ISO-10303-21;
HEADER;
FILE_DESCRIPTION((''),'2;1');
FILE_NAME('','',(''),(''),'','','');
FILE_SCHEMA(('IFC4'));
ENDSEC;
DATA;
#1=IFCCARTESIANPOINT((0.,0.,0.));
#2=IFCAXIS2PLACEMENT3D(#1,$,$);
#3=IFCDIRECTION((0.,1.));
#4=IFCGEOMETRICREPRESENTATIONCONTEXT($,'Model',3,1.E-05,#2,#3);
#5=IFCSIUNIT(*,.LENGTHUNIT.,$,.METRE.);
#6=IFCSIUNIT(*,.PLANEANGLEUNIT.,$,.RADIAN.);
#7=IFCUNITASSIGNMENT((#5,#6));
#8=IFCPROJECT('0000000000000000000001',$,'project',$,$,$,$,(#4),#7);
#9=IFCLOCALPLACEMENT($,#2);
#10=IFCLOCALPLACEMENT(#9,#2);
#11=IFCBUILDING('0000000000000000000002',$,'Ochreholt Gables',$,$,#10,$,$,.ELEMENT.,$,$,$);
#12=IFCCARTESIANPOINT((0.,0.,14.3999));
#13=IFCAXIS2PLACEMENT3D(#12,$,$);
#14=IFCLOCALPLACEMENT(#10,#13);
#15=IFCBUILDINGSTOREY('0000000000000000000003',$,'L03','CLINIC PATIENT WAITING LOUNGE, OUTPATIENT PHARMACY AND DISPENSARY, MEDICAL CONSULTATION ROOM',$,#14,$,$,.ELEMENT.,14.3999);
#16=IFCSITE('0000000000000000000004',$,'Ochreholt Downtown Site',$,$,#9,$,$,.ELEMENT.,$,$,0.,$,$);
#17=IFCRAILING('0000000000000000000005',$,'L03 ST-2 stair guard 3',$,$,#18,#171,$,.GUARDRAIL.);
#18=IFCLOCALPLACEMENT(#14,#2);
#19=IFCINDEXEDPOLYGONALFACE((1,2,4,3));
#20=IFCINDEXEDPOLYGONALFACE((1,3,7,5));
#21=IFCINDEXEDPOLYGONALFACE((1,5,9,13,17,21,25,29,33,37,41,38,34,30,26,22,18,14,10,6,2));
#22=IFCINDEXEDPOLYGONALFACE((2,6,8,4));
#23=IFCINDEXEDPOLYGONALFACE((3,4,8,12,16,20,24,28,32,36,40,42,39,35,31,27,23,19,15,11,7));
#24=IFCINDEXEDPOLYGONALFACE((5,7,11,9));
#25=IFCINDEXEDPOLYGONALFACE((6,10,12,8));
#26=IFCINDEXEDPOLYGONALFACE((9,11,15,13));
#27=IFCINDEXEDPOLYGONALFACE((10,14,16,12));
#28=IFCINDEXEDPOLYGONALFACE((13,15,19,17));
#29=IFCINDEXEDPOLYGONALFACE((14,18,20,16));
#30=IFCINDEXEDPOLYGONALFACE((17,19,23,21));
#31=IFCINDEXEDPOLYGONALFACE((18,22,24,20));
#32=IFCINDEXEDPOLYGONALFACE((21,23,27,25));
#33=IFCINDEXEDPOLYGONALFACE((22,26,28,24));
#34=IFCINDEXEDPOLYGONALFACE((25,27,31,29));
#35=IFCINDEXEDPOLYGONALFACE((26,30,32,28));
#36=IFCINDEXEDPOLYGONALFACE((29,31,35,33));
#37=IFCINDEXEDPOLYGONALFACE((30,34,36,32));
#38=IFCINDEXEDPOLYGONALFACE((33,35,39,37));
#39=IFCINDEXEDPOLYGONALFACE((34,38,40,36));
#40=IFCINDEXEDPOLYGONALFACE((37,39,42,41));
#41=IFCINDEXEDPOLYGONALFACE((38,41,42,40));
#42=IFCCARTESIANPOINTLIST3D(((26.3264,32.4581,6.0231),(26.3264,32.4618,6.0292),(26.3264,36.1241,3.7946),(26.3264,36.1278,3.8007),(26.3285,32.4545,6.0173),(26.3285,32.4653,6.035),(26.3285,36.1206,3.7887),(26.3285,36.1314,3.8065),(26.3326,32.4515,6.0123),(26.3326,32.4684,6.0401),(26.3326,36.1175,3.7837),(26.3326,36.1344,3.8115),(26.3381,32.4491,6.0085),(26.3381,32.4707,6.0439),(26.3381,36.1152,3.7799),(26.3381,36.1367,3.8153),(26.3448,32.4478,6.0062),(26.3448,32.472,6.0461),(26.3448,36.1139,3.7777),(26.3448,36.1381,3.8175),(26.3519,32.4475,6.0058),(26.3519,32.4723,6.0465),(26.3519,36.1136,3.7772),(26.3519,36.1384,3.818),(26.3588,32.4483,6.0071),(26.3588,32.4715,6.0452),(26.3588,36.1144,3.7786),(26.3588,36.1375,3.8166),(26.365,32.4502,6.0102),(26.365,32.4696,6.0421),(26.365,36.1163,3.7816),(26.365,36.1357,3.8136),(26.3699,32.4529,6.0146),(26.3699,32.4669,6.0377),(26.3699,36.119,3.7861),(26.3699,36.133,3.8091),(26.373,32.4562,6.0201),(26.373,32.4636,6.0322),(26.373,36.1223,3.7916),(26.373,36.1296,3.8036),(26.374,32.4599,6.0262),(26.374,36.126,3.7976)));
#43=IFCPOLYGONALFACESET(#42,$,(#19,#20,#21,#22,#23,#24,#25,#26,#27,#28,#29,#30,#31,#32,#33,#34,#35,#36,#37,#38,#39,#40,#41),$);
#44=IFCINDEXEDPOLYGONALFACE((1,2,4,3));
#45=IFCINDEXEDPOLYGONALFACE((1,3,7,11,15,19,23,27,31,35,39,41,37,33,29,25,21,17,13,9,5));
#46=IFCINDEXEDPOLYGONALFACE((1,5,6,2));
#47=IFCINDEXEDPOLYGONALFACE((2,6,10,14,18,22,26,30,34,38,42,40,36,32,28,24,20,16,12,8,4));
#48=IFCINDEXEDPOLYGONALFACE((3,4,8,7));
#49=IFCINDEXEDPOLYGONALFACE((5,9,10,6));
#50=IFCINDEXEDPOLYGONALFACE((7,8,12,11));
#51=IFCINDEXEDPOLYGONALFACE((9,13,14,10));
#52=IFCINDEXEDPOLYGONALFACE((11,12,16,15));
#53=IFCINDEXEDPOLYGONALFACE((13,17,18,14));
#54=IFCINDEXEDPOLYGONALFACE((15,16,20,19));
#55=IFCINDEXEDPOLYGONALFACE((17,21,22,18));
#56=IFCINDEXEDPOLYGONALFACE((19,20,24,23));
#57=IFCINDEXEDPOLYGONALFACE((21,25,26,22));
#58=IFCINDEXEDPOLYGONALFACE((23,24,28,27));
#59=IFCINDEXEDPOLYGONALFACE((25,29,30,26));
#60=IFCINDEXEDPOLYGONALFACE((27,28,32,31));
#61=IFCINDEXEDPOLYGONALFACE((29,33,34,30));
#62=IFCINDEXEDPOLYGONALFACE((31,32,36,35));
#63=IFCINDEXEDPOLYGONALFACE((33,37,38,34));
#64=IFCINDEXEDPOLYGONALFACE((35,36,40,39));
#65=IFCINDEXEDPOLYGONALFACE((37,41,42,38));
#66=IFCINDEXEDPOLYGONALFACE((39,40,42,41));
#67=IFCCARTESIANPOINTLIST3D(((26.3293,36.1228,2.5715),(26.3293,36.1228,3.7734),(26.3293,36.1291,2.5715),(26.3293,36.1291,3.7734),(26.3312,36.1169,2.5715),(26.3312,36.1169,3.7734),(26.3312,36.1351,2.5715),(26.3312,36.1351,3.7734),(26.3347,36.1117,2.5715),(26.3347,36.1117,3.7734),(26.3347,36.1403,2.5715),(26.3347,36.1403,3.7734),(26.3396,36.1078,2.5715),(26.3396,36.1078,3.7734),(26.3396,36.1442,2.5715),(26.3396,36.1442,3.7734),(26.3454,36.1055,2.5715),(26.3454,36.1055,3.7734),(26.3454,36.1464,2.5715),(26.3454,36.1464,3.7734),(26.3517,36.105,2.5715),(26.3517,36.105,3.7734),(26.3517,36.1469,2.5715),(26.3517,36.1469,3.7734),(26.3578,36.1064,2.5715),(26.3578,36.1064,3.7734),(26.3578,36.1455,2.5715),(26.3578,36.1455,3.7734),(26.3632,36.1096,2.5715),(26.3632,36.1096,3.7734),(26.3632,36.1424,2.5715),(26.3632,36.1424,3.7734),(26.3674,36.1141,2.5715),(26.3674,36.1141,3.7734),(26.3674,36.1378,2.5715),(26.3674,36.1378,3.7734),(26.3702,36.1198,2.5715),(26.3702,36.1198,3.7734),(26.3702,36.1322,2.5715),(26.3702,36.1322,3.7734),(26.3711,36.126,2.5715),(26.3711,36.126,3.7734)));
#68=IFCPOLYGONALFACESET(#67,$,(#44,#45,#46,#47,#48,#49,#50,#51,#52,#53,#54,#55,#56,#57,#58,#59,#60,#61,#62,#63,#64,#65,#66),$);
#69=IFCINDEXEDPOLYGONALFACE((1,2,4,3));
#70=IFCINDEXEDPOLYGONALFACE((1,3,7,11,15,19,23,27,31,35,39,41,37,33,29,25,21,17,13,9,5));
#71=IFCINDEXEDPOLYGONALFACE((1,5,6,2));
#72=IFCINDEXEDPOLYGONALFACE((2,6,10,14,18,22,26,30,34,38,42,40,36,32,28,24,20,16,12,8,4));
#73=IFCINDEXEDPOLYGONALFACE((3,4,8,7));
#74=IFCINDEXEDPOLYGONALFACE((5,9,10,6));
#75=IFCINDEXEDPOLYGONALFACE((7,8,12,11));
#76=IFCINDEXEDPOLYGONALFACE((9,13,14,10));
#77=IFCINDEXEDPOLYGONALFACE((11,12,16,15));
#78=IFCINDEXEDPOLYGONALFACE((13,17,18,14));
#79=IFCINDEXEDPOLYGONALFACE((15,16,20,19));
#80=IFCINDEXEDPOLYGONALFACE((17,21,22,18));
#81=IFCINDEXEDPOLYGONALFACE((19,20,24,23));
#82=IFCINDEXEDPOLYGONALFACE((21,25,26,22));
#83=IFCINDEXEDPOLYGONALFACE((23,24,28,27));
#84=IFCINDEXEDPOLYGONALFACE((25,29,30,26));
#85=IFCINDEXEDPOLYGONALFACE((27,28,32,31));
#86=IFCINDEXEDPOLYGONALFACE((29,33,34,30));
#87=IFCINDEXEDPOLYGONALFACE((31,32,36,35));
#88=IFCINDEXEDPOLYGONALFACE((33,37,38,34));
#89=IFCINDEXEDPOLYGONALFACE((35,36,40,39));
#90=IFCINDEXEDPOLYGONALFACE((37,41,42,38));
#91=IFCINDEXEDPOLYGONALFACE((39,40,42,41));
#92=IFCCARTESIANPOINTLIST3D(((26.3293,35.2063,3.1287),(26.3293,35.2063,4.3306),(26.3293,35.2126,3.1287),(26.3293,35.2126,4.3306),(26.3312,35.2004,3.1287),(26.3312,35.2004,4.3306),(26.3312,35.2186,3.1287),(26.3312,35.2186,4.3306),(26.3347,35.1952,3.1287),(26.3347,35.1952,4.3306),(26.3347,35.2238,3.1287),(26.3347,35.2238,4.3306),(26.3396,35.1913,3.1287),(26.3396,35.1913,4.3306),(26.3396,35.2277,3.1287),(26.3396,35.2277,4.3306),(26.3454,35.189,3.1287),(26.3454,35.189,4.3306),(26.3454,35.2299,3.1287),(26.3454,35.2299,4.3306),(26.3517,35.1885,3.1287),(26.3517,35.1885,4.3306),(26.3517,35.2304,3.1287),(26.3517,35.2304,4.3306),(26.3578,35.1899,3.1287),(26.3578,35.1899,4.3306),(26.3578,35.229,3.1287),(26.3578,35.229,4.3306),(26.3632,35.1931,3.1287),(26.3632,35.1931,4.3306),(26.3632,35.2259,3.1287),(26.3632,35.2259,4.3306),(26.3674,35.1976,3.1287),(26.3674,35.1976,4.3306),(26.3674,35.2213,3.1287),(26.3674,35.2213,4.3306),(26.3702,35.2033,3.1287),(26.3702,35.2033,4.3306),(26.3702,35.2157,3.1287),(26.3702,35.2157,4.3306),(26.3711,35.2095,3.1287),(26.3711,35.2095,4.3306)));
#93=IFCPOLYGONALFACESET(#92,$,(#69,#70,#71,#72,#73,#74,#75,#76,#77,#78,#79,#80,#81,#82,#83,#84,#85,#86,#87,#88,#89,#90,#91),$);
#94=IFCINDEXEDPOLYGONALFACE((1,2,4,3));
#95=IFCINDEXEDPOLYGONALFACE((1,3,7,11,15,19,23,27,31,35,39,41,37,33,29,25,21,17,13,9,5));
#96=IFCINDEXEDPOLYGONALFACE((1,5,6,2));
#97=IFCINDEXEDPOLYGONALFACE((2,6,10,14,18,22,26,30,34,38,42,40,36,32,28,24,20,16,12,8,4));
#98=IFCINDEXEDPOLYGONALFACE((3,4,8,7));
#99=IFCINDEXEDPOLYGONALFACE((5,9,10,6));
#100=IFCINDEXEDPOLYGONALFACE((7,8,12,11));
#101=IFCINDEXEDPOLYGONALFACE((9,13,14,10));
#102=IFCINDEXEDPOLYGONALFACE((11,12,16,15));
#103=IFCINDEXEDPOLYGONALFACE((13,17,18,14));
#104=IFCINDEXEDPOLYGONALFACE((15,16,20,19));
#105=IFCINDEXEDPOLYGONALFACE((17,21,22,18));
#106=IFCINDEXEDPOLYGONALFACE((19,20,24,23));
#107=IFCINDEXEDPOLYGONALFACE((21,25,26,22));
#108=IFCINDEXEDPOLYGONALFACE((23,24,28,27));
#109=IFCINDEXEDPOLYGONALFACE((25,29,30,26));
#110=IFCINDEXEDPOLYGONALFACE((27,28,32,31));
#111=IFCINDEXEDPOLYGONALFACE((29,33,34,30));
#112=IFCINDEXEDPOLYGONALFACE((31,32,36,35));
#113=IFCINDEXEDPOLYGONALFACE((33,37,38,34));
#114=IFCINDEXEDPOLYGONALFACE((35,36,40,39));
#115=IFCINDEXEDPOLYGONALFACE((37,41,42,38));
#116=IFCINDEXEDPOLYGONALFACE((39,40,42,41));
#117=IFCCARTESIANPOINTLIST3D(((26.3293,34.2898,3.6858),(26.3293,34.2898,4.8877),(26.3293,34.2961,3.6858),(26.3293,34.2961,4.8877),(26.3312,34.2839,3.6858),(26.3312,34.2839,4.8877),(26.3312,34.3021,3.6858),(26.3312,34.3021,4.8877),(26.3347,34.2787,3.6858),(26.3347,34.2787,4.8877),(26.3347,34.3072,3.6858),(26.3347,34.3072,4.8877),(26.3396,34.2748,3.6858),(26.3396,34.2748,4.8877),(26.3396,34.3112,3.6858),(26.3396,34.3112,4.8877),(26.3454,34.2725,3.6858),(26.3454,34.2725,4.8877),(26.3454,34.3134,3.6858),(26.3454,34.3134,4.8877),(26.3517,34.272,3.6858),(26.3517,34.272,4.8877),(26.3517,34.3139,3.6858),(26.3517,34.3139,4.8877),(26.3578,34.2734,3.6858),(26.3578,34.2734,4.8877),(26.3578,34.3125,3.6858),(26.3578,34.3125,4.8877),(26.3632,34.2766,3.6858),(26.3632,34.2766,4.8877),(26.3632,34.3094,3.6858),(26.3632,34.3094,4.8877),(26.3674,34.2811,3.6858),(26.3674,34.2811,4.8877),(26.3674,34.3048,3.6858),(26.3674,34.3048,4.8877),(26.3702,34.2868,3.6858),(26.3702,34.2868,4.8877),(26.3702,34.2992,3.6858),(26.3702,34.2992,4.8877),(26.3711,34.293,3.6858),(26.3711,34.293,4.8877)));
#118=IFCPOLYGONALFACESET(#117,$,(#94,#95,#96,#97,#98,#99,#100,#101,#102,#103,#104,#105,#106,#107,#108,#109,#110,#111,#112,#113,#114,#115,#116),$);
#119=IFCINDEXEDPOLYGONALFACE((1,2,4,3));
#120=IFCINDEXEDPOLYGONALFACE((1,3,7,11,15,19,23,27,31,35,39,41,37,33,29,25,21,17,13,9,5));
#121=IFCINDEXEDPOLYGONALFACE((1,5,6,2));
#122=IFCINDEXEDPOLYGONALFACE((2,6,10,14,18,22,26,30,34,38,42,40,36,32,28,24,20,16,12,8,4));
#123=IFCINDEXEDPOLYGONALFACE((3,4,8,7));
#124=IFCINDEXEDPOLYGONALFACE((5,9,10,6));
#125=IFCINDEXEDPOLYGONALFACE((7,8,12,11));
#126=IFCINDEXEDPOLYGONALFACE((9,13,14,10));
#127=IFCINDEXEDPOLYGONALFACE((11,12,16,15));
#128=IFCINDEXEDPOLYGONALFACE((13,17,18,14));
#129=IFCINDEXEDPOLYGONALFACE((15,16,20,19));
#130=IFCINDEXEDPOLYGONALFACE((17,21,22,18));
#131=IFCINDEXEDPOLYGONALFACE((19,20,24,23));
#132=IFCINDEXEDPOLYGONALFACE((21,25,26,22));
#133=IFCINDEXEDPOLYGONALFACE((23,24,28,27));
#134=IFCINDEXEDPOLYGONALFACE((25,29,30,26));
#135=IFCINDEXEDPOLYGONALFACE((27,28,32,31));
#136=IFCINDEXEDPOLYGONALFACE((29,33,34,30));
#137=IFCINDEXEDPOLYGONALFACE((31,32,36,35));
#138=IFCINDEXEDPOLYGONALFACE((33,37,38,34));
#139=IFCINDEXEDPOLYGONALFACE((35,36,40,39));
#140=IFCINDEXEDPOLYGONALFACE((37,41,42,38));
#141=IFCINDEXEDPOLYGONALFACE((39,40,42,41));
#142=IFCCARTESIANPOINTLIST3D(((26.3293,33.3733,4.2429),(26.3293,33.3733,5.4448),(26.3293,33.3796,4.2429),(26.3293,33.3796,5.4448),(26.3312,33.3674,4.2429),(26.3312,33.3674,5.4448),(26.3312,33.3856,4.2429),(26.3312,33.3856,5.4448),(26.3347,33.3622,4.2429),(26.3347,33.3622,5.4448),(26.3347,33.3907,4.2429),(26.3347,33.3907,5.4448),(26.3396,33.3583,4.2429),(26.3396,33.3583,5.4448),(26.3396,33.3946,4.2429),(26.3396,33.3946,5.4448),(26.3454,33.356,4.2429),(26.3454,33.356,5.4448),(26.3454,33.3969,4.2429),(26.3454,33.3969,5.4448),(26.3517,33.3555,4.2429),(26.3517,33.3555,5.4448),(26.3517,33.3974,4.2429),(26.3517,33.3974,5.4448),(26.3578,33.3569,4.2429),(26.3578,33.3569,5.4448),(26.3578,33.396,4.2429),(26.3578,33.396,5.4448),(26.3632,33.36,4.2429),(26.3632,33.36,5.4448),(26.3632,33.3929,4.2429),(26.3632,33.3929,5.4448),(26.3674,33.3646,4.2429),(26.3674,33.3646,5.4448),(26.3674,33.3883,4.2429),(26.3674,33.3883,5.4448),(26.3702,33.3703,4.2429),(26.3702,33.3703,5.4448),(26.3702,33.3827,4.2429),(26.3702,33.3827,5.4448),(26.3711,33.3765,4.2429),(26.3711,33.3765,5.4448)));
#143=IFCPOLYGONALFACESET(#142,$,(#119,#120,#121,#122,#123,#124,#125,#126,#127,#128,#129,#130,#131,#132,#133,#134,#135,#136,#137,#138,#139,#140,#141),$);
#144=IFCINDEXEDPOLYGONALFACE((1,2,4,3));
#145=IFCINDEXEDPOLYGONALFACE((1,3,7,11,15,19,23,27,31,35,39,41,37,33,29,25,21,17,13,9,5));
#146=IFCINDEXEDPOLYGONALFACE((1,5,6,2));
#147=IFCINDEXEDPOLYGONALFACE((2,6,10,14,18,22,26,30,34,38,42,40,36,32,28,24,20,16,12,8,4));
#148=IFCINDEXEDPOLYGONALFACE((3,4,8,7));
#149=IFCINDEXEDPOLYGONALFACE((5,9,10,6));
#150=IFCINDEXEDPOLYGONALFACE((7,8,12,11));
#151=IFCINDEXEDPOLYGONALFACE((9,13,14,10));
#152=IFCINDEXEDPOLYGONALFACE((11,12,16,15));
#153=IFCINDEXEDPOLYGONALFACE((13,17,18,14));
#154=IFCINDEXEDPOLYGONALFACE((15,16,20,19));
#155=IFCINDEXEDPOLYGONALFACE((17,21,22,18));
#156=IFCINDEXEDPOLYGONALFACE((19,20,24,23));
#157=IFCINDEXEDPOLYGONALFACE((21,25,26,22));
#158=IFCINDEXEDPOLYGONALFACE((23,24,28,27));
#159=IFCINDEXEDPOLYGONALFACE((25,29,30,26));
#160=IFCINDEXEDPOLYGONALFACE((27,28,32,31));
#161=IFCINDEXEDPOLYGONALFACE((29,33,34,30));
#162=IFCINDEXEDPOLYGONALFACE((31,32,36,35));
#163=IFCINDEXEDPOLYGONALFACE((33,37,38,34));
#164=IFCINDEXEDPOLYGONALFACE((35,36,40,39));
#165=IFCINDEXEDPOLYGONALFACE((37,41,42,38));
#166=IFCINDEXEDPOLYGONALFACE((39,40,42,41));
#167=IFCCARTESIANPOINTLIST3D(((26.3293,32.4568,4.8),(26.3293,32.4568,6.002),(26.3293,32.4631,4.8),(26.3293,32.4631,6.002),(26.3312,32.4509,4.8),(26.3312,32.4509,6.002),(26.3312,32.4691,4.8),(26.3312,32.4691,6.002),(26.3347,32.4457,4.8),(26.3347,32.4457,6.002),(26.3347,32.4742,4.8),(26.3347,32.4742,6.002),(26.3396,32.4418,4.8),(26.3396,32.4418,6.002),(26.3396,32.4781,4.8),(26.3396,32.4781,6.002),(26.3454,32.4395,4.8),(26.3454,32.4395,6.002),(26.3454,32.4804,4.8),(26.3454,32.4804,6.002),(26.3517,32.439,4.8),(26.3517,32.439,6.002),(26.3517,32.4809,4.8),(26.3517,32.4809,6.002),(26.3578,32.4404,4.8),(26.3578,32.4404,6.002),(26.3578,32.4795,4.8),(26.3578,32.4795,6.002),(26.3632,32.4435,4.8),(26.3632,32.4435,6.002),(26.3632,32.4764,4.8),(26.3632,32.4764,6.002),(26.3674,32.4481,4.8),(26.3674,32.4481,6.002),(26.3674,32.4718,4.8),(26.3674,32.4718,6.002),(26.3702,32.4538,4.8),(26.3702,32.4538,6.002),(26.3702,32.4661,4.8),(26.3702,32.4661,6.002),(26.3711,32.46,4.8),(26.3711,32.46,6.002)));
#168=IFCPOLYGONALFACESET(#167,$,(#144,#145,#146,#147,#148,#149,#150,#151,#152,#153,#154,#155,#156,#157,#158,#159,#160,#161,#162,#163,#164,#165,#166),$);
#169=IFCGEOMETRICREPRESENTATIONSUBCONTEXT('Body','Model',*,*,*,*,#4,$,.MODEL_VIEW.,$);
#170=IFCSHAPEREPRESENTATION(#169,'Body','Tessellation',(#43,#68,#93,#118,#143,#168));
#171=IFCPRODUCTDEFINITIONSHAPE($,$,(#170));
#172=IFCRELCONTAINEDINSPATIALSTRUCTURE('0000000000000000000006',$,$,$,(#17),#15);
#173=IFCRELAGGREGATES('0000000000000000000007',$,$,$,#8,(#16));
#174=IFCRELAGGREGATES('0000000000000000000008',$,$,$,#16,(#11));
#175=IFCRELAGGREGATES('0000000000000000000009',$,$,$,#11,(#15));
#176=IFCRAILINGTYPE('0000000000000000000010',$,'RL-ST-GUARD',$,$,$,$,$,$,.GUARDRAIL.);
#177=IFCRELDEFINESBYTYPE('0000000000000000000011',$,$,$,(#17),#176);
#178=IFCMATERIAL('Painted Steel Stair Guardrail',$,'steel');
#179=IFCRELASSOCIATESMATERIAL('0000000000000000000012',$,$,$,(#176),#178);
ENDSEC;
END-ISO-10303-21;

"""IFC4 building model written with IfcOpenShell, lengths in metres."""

from ifc_helpers import new_model, si_unit, direction, frame, origin, origin_2d, place, context, subcontext, project, spatial, circle, extrude, material, type_object, element, save


model = new_model("IFC4")

# Units and contexts
model_context = context("Model", 3, precision=1e-05, world=origin(), true_north=direction((0.0, 1.0)))
body_context = subcontext(model_context, "Body", "Model", "MODEL_VIEW")
ifc_project = project(units=[si_unit("LENGTHUNIT", "METRE"), si_unit("PLANEANGLEUNIT", "RADIAN")], contexts=[model_context])

# Site, building, storey
site_placement = place(None, origin())
site = spatial("IfcSite", under=ifc_project, at=site_placement, Name="Ochreholt Downtown Site", CompositionType="ELEMENT", RefElevation=0.0)
building_placement = place(site_placement, origin())
building = spatial("IfcBuilding", under=site, at=building_placement, Name="Ochreholt Gables", CompositionType="ELEMENT")
storey_placement = place(building_placement, frame((0.0, 0.0, 14.3999)))
storey = spatial("IfcBuildingStorey", under=building, at=storey_placement, Name="L03", Description="CLINIC PATIENT WAITING LOUNGE, OUTPATIENT PHARMACY AND DISPENSARY, MEDICAL CONSULTATION ROOM", CompositionType="ELEMENT", Elevation=14.3999)

# Railing
ifc_material_1 = material(Name="Painted Steel Stair Guardrail", Category="steel")
railing_type_1 = type_object("IfcRailingType", Name="RL-ST-GUARD", PredefinedType="GUARDRAIL", material=ifc_material_1)
railing_1_placement = place(storey_placement, frame((26.3501, 36.126, 2.5715)))
element("IfcRailing", 1, at=railing_1_placement, inside=storey, type_object=railing_type_1, Name="L03 ST-2 stair guard 3", PredefinedType="GUARDRAIL", context=body_context, shape_type="SweptSolid", body=[
    extrude(circle(Radius=0.0239, at=origin_2d()), frame((0.0, 0.0, 1.2261), z_axis=(0.0, -0.854506, 0.519441), x_axis=(1.0, 0.0, 0.0)), (0.0, 0.0, 1.0), 4.2903),
    extrude(circle(Radius=0.021, at=origin_2d()), origin(), (0.0, 0.0, 1.0), 1.2019),
    extrude(circle(Radius=0.021, at=origin_2d()), frame((0.0, -0.9165, 0.5571)), (0.0, 0.0, 1.0), 1.2019),
    extrude(circle(Radius=0.021, at=origin_2d()), frame((0.0, -1.833, 1.1143)), (0.0, 0.0, 1.0), 1.2019),
    extrude(circle(Radius=0.021, at=origin_2d()), frame((0.0, -2.7495, 1.6714)), (0.0, 0.0, 1.0), 1.2019),
    extrude(circle(Radius=0.021, at=origin_2d()), frame((0.0, -3.666, 2.2285)), (0.0, 0.0, 1.0), 1.2019),
])

save(model, "model.ifc")
